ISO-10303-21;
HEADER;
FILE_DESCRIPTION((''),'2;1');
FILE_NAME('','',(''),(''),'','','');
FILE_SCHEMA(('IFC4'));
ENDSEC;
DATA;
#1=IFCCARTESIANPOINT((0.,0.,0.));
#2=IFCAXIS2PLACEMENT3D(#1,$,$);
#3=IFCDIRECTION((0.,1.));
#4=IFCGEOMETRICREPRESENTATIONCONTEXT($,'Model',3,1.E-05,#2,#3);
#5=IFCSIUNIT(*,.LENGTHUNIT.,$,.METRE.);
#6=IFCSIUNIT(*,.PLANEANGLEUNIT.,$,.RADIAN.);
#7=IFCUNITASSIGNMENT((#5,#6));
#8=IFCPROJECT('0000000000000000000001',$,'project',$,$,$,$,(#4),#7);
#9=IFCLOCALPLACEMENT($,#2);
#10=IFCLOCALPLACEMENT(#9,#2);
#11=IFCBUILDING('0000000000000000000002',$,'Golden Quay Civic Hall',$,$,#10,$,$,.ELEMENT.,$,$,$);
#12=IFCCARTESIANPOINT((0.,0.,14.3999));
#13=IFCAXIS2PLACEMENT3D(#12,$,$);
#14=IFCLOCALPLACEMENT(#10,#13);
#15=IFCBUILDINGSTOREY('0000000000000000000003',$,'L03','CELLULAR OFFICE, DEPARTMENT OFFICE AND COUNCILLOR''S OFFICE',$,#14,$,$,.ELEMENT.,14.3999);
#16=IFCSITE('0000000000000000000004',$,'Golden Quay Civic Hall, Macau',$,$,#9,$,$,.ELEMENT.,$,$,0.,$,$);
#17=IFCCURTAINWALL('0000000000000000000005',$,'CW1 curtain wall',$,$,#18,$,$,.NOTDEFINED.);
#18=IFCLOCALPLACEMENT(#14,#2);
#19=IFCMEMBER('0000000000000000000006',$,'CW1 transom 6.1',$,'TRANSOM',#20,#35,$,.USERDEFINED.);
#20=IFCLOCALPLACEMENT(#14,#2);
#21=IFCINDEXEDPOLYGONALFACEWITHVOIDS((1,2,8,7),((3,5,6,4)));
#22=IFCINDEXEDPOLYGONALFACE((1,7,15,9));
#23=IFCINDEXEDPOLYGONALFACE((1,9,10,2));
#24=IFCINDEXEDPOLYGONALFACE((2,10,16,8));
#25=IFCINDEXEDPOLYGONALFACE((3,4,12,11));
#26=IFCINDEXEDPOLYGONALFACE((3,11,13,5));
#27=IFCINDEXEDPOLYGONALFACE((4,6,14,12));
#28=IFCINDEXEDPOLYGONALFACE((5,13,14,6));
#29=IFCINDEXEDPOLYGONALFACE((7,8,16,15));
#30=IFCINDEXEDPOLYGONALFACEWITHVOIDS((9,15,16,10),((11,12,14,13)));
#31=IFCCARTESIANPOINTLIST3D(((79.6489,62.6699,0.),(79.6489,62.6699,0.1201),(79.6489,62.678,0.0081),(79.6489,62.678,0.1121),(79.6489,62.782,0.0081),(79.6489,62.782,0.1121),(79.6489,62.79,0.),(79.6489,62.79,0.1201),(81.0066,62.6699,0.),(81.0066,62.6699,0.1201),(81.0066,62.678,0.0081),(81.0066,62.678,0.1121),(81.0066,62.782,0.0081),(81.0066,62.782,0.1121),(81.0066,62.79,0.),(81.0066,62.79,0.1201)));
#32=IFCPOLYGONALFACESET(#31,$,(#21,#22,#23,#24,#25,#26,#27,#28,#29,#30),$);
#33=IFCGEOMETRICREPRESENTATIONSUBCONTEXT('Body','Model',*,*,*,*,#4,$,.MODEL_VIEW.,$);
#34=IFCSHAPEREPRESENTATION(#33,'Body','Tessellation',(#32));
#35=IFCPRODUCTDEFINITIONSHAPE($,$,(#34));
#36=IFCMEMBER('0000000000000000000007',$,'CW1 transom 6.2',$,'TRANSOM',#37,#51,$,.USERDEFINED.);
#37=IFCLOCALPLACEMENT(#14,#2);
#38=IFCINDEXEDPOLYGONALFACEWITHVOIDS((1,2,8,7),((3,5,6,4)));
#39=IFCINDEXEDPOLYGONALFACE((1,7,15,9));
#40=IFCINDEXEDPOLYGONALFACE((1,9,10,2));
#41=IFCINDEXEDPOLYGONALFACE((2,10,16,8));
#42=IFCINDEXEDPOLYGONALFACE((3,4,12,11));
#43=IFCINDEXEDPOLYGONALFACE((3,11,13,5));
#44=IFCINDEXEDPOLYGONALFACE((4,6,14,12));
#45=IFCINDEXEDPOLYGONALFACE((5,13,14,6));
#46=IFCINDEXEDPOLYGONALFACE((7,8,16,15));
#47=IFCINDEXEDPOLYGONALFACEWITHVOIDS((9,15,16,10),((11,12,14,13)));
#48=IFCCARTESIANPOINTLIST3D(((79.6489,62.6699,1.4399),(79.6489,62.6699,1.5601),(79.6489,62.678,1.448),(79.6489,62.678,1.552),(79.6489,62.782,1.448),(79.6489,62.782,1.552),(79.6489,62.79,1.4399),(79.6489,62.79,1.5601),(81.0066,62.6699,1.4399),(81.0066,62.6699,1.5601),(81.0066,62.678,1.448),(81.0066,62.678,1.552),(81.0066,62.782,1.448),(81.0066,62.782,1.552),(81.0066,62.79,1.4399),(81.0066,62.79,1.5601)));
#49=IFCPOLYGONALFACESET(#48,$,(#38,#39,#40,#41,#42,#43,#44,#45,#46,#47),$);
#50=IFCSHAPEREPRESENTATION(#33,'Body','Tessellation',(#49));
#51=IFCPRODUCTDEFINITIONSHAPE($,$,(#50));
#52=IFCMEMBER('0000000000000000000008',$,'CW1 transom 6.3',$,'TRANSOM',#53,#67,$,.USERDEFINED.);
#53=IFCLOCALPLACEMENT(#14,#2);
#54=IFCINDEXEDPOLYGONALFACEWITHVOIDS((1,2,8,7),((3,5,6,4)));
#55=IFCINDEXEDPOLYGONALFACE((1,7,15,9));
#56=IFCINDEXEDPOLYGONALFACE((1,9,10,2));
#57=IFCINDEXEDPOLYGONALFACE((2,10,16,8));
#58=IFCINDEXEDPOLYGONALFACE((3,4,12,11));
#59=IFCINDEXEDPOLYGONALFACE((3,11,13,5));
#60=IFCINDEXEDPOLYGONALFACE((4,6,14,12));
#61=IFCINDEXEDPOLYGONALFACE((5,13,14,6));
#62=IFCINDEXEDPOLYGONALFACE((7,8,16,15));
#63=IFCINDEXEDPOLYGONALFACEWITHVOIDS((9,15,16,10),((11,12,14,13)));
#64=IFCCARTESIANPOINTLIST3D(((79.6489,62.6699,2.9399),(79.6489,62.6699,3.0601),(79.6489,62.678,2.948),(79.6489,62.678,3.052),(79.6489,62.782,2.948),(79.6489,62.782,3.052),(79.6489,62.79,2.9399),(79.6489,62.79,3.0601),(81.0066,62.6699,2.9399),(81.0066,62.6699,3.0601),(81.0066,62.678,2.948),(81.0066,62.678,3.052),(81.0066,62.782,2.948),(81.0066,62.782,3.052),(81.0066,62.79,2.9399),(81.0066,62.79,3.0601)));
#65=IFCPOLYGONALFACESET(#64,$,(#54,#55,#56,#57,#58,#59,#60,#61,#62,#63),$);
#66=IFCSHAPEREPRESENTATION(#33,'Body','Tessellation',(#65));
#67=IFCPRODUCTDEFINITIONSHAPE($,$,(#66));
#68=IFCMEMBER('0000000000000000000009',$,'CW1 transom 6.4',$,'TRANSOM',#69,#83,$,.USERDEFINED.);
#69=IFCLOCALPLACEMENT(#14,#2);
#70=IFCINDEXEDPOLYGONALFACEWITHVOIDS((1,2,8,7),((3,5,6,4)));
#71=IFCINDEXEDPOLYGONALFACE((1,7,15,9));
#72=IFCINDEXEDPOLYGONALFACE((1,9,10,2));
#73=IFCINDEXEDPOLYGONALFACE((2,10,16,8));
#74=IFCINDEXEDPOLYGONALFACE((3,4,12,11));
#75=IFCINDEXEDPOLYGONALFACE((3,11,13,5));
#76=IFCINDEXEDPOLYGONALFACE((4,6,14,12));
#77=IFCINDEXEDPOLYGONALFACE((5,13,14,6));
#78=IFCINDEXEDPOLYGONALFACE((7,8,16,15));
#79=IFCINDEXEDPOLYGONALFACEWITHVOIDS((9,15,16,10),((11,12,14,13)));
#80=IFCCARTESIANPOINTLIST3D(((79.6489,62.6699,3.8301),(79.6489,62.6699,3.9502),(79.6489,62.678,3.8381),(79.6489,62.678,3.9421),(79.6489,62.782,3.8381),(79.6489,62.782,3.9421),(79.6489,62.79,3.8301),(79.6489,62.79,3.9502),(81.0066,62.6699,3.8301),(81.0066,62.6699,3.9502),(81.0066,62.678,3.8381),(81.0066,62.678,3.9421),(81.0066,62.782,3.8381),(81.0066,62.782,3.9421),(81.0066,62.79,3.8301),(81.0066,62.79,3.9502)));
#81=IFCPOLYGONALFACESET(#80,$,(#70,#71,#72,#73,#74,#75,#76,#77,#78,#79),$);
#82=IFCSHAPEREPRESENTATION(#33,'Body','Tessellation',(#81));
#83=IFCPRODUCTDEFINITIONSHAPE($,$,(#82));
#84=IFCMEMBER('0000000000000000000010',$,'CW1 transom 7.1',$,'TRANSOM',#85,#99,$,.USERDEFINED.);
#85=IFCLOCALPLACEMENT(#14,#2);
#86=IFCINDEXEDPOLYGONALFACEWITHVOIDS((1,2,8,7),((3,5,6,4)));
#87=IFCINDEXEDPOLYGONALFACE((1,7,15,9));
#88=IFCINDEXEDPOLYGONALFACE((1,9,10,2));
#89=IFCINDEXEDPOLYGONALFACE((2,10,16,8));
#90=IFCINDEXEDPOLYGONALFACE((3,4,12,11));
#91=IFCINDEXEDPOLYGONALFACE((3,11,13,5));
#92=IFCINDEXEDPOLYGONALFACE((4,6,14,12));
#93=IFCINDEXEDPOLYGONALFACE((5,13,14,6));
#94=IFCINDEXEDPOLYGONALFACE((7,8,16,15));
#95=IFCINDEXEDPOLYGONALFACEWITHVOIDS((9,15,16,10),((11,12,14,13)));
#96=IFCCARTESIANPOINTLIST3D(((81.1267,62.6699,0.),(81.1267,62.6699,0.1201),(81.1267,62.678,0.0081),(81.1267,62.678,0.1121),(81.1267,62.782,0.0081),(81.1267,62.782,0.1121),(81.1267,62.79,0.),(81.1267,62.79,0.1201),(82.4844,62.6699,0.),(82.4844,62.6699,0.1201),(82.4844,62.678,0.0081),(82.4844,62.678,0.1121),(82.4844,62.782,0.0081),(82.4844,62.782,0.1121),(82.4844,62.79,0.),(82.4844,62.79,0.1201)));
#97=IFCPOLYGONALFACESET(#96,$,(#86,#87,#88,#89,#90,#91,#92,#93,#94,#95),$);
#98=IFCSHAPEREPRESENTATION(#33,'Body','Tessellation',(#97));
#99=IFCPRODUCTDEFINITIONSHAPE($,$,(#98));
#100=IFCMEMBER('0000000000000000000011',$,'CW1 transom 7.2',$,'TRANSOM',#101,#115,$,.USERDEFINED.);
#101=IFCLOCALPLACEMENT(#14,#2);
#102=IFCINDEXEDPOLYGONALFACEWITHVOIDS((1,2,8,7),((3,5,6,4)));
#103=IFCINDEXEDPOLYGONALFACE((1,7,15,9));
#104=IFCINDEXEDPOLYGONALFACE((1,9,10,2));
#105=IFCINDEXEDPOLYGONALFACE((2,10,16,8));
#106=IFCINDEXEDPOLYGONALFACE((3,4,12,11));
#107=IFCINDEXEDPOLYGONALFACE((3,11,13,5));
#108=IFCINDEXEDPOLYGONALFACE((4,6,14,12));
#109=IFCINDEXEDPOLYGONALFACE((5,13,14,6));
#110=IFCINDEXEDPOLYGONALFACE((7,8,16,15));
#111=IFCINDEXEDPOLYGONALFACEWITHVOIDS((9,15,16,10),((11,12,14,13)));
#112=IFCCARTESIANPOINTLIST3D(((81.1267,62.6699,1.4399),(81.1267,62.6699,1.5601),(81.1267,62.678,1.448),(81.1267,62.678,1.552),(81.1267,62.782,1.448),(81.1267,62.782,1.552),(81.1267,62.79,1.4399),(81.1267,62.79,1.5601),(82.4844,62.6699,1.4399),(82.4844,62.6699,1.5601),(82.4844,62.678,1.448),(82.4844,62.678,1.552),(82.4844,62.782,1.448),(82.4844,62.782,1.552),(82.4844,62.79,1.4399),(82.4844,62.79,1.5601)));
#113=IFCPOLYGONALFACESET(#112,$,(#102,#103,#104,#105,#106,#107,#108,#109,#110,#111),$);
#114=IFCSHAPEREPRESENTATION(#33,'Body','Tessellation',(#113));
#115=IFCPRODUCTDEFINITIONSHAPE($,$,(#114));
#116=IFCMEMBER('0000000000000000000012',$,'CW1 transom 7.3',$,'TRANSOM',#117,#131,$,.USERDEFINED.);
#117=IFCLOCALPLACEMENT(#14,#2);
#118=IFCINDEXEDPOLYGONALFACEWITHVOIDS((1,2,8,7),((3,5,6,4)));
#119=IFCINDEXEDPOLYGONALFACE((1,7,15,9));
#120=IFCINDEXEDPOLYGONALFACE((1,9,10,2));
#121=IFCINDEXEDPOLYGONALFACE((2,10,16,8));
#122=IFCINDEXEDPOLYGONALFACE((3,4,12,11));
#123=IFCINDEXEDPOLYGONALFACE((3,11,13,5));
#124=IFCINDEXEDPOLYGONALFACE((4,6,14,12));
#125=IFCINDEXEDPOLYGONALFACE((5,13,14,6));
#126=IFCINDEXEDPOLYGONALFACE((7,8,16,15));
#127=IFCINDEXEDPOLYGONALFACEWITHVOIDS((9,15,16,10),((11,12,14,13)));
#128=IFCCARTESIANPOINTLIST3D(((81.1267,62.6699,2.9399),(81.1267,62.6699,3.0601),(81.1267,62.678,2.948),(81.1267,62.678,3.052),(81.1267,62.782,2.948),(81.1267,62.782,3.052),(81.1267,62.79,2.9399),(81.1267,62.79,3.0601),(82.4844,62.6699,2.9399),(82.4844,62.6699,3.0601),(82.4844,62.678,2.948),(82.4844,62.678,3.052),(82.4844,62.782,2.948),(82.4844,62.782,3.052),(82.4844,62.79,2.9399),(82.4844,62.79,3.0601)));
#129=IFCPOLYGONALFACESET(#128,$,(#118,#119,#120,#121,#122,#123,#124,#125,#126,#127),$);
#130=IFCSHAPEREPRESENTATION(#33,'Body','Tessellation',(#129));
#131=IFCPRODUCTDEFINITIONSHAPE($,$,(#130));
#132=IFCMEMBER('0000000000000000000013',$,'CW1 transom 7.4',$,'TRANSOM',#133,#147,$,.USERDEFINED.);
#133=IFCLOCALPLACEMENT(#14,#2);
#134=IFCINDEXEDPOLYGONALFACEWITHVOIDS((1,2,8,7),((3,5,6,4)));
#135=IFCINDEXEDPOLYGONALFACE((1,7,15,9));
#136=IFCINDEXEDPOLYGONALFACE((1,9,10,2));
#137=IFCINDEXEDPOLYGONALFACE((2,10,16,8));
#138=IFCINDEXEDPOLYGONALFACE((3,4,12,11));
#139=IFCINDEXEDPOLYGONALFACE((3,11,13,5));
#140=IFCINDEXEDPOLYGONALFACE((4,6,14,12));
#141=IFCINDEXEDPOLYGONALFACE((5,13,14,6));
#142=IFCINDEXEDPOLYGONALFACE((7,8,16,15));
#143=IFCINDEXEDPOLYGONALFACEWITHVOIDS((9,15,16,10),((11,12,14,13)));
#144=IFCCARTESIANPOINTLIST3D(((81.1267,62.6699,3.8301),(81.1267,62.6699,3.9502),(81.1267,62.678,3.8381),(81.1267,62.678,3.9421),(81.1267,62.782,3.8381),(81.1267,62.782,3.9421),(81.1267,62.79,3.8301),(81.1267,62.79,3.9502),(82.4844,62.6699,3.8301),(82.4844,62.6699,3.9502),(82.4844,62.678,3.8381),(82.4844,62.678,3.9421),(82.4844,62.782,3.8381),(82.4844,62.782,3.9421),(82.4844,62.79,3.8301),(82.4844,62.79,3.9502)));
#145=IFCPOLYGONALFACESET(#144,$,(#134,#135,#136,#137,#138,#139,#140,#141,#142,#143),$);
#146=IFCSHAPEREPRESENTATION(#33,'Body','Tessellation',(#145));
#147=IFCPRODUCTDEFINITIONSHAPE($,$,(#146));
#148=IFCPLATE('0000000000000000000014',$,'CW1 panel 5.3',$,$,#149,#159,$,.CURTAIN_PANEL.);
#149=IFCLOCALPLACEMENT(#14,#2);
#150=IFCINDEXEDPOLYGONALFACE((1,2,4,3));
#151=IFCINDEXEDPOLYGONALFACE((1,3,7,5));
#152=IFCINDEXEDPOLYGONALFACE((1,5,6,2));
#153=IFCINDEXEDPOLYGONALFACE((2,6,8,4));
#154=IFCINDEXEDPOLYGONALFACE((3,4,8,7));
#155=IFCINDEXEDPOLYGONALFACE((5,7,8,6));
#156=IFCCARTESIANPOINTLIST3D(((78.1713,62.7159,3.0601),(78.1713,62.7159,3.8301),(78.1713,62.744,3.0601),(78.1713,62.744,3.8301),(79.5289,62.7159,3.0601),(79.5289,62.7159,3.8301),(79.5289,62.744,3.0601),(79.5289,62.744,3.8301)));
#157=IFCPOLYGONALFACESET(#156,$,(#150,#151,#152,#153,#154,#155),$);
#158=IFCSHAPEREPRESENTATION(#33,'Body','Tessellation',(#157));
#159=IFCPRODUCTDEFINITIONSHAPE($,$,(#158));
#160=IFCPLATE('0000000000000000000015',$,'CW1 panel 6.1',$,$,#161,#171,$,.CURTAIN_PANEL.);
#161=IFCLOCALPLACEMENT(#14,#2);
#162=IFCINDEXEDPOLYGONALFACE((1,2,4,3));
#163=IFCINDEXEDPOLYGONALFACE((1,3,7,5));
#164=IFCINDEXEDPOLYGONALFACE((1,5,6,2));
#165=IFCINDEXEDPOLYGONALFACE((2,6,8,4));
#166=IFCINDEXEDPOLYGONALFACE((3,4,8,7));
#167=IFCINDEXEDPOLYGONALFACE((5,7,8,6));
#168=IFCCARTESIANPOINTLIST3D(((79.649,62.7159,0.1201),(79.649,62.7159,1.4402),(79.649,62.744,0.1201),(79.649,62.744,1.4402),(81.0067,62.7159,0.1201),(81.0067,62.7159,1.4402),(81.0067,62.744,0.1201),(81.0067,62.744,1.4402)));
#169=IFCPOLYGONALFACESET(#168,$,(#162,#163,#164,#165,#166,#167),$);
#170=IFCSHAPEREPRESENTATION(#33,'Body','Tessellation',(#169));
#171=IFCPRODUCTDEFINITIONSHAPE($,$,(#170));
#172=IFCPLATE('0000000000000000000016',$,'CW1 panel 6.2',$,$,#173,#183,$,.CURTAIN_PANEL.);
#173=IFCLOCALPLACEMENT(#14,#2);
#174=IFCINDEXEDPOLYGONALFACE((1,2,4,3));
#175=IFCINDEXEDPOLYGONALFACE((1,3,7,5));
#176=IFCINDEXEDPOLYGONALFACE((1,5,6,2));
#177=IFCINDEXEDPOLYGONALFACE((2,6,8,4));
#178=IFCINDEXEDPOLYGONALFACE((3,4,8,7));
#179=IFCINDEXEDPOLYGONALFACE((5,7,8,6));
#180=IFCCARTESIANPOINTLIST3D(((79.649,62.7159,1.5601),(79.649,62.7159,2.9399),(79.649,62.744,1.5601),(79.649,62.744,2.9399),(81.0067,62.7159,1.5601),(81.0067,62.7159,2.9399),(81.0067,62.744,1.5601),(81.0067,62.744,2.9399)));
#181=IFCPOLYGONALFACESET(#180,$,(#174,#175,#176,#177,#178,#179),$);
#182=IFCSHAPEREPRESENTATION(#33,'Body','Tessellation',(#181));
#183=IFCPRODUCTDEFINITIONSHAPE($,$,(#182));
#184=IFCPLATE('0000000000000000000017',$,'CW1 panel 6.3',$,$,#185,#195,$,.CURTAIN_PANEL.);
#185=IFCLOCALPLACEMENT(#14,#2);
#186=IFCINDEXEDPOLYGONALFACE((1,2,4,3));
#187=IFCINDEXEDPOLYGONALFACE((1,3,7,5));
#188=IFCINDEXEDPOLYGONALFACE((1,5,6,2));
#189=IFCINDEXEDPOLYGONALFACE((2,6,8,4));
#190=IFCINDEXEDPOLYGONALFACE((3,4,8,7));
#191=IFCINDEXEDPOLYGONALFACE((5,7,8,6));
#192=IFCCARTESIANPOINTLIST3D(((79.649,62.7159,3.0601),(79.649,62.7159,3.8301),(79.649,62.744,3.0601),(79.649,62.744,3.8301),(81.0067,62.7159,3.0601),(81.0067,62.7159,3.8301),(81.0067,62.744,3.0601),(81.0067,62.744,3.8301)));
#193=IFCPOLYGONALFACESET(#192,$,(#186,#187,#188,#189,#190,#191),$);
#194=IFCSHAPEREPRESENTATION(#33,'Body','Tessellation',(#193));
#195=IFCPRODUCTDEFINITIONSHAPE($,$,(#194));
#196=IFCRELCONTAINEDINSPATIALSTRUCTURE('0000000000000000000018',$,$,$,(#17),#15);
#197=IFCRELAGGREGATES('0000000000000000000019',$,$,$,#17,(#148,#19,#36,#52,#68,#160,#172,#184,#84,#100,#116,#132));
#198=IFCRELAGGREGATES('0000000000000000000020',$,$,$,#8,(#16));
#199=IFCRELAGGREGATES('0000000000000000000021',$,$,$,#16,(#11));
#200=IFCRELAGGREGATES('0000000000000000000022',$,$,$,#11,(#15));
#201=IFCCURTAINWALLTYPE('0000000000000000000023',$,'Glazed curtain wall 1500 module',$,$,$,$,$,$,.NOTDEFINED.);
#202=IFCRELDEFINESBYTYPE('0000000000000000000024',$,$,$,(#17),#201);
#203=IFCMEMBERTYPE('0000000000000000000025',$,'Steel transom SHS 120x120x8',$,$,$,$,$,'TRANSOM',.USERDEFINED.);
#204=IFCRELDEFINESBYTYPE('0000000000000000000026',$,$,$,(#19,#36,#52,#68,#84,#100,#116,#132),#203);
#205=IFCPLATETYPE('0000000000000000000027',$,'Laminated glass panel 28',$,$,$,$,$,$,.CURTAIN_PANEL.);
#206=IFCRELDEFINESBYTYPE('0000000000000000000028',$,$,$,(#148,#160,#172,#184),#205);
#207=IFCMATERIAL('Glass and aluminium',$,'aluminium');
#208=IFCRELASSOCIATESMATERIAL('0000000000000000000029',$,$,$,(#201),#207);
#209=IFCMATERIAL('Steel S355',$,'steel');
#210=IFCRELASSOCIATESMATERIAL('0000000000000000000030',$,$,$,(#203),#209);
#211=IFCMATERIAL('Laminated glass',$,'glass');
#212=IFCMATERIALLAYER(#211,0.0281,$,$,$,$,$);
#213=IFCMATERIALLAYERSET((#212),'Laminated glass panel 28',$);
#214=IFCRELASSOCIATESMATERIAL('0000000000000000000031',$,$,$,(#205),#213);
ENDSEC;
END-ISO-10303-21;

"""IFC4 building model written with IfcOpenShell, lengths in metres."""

from ifc_helpers import new_model, si_unit, direction, frame, origin, origin_2d, place, context, subcontext, project, spatial, rectangle, hollow_rectangle, extrude, material, layer, layer_set, material_profile, profile_set, type_object, element, aggregate, save


model = new_model("IFC4")

# Units and contexts
model_context = context("Model", 3, precision=1e-05, world=origin(), true_north=direction((0.0, 1.0)))
body_context = subcontext(model_context, "Body", "Model", "MODEL_VIEW")
ifc_project = project(units=[si_unit("LENGTHUNIT", "METRE"), si_unit("PLANEANGLEUNIT", "RADIAN")], contexts=[model_context])

# Site, building, storey
site_placement = place(None, origin())
site = spatial("IfcSite", under=ifc_project, at=site_placement, Name="Golden Quay Civic Hall, Macau", CompositionType="ELEMENT", RefElevation=0.0)
building_placement = place(site_placement, origin())
building = spatial("IfcBuilding", under=site, at=building_placement, Name="Golden Quay Civic Hall", CompositionType="ELEMENT")
storey_placement = place(building_placement, frame((0.0, 0.0, 14.3999)))
storey = spatial("IfcBuildingStorey", under=building, at=storey_placement, Name="L03", Description="CELLULAR OFFICE, DEPARTMENT OFFICE AND COUNCILLOR'S OFFICE", CompositionType="ELEMENT", Elevation=14.3999)

# Curtain wall, members, plates
ifc_material_1 = material(Name="Glass and aluminium", Category="aluminium")
curtain_wall_type = type_object("IfcCurtainWallType", Name="Glazed curtain wall 1500 module", PredefinedType="NOTDEFINED", material=ifc_material_1)
curtain_wall_placement = place(storey_placement, origin())
curtain_wall = element("IfcCurtainWall", 1, at=curtain_wall_placement, inside=storey, type_object=curtain_wall_type, Name="CW1 curtain wall", PredefinedType="NOTDEFINED")
ifc_material_2 = material(Name="Steel S355", Category="steel")
ifc_material_profile_1 = material_profile(ifc_material_2, hollow_rectangle(XDim=0.1201, YDim=0.1201, WallThickness=0.0081, at=origin_2d()), Name="SHS 120x120x8")
ifc_profile_set_1 = profile_set([ifc_material_profile_1], Name="Steel S355")
member_type_1 = type_object("IfcMemberType", Name="Steel transom SHS 120x120x8", ElementType="TRANSOM", PredefinedType="USERDEFINED", material=ifc_profile_set_1)
member_1_placement = place(storey_placement, frame((79.6489, 62.73, 0.0601), z_axis=(1.0, 0.0, 0.0), x_axis=(0.0, 1.0, 0.0)))
member_1 = element("IfcMember", 2, at=member_1_placement, type_object=member_type_1, Name="CW1 transom 6.1", ObjectType="TRANSOM", PredefinedType="USERDEFINED", context=body_context, shape_type="SweptSolid", body=[
    extrude(hollow_rectangle(XDim=0.1201, YDim=0.1201, WallThickness=0.0081, at=origin_2d()), origin(), (0.0, 0.0, 1.0), 1.3577),
])
member_2_placement = place(storey_placement, frame((79.6489, 62.73, 1.5), z_axis=(1.0, 0.0, 0.0), x_axis=(0.0, 1.0, 0.0)))
member_2 = element("IfcMember", 3, at=member_2_placement, type_object=member_type_1, Name="CW1 transom 6.2", ObjectType="TRANSOM", PredefinedType="USERDEFINED", context=body_context, shape_type="SweptSolid", body=[
    extrude(hollow_rectangle(XDim=0.1201, YDim=0.1201, WallThickness=0.0081, at=origin_2d()), origin(), (0.0, 0.0, 1.0), 1.3577),
])
member_3_placement = place(storey_placement, frame((79.6489, 62.73, 3.0), z_axis=(1.0, 0.0, 0.0), x_axis=(0.0, 1.0, 0.0)))
member_3 = element("IfcMember", 4, at=member_3_placement, type_object=member_type_1, Name="CW1 transom 6.3", ObjectType="TRANSOM", PredefinedType="USERDEFINED", context=body_context, shape_type="SweptSolid", body=[
    extrude(hollow_rectangle(XDim=0.1201, YDim=0.1201, WallThickness=0.0081, at=origin_2d()), origin(), (0.0, 0.0, 1.0), 1.3577),
])
member_4_placement = place(storey_placement, frame((79.6489, 62.73, 3.8901), z_axis=(1.0, 0.0, 0.0), x_axis=(0.0, 1.0, 0.0)))
member_4 = element("IfcMember", 5, at=member_4_placement, type_object=member_type_1, Name="CW1 transom 6.4", ObjectType="TRANSOM", PredefinedType="USERDEFINED", context=body_context, shape_type="SweptSolid", body=[
    extrude(hollow_rectangle(XDim=0.1201, YDim=0.1201, WallThickness=0.0081, at=origin_2d()), origin(), (0.0, 0.0, 1.0), 1.3577),
])
member_5_placement = place(storey_placement, frame((81.1267, 62.73, 0.0601), z_axis=(1.0, 0.0, 0.0), x_axis=(0.0, 1.0, 0.0)))
member_5 = element("IfcMember", 6, at=member_5_placement, type_object=member_type_1, Name="CW1 transom 7.1", ObjectType="TRANSOM", PredefinedType="USERDEFINED", context=body_context, shape_type="SweptSolid", body=[
    extrude(hollow_rectangle(XDim=0.1201, YDim=0.1201, WallThickness=0.0081, at=origin_2d()), origin(), (0.0, 0.0, 1.0), 1.3577),
])
member_6_placement = place(storey_placement, frame((81.1267, 62.73, 1.5), z_axis=(1.0, 0.0, 0.0), x_axis=(0.0, 1.0, 0.0)))
member_6 = element("IfcMember", 7, at=member_6_placement, type_object=member_type_1, Name="CW1 transom 7.2", ObjectType="TRANSOM", PredefinedType="USERDEFINED", context=body_context, shape_type="SweptSolid", body=[
    extrude(hollow_rectangle(XDim=0.1201, YDim=0.1201, WallThickness=0.0081, at=origin_2d()), origin(), (0.0, 0.0, 1.0), 1.3577),
])
member_7_placement = place(storey_placement, frame((81.1267, 62.73, 3.0), z_axis=(1.0, 0.0, 0.0), x_axis=(0.0, 1.0, 0.0)))
member_7 = element("IfcMember", 8, at=member_7_placement, type_object=member_type_1, Name="CW1 transom 7.3", ObjectType="TRANSOM", PredefinedType="USERDEFINED", context=body_context, shape_type="SweptSolid", body=[
    extrude(hollow_rectangle(XDim=0.1201, YDim=0.1201, WallThickness=0.0081, at=origin_2d()), origin(), (0.0, 0.0, 1.0), 1.3577),
])
member_8_placement = place(storey_placement, frame((81.1267, 62.73, 3.8901), z_axis=(1.0, 0.0, 0.0), x_axis=(0.0, 1.0, 0.0)))
member_8 = element("IfcMember", 9, at=member_8_placement, type_object=member_type_1, Name="CW1 transom 7.4", ObjectType="TRANSOM", PredefinedType="USERDEFINED", context=body_context, shape_type="SweptSolid", body=[
    extrude(hollow_rectangle(XDim=0.1201, YDim=0.1201, WallThickness=0.0081, at=origin_2d()), origin(), (0.0, 0.0, 1.0), 1.3577),
])
ifc_material_3 = material(Name="Laminated glass", Category="glass")
ifc_layer_1 = layer(ifc_material_3, 0.0281)
ifc_layer_set_1 = layer_set([ifc_layer_1], Name="Laminated glass panel 28")
plate_type_1 = type_object("IfcPlateType", Name="Laminated glass panel 28", PredefinedType="CURTAIN_PANEL", material=ifc_layer_set_1)
plate_1_placement = place(storey_placement, frame((78.8501, 62.73, 3.0601), z_axis=(0.0, 0.0, 1.0), x_axis=(1.0, 0.0, 0.0)))
plate_1 = element("IfcPlate", 10, at=plate_1_placement, type_object=plate_type_1, Name="CW1 panel 5.3", PredefinedType="CURTAIN_PANEL", context=body_context, shape_type="SweptSolid", body=[
    extrude(rectangle(XDim=1.3577, YDim=0.0281, at=origin_2d()), origin(), (0.0, 0.0, 1.0), 0.77),
])
plate_2_placement = place(storey_placement, frame((80.3279, 62.73, 0.1201), z_axis=(0.0, 0.0, 1.0), x_axis=(1.0, 0.0, 0.0)))
plate_2 = element("IfcPlate", 11, at=plate_2_placement, type_object=plate_type_1, Name="CW1 panel 6.1", PredefinedType="CURTAIN_PANEL", context=body_context, shape_type="SweptSolid", body=[
    extrude(rectangle(XDim=1.3577, YDim=0.0281, at=origin_2d()), origin(), (0.0, 0.0, 1.0), 1.3201),
])
plate_3_placement = place(storey_placement, frame((80.3279, 62.73, 1.5601), z_axis=(0.0, 0.0, 1.0), x_axis=(1.0, 0.0, 0.0)))
plate_3 = element("IfcPlate", 12, at=plate_3_placement, type_object=plate_type_1, Name="CW1 panel 6.2", PredefinedType="CURTAIN_PANEL", context=body_context, shape_type="SweptSolid", body=[
    extrude(rectangle(XDim=1.3577, YDim=0.0281, at=origin_2d()), origin(), (0.0, 0.0, 1.0), 1.3799),
])
plate_4_placement = place(storey_placement, frame((80.3279, 62.73, 3.0601), z_axis=(0.0, 0.0, 1.0), x_axis=(1.0, 0.0, 0.0)))
plate_4 = element("IfcPlate", 13, at=plate_4_placement, type_object=plate_type_1, Name="CW1 panel 6.3", PredefinedType="CURTAIN_PANEL", context=body_context, shape_type="SweptSolid", body=[
    extrude(rectangle(XDim=1.3577, YDim=0.0281, at=origin_2d()), origin(), (0.0, 0.0, 1.0), 0.77),
])
aggregate(curtain_wall, [plate_1, member_1, member_2, member_3, member_4, plate_2, plate_3, plate_4, member_5, member_6, member_7, member_8])

save(model, "model.ifc")
